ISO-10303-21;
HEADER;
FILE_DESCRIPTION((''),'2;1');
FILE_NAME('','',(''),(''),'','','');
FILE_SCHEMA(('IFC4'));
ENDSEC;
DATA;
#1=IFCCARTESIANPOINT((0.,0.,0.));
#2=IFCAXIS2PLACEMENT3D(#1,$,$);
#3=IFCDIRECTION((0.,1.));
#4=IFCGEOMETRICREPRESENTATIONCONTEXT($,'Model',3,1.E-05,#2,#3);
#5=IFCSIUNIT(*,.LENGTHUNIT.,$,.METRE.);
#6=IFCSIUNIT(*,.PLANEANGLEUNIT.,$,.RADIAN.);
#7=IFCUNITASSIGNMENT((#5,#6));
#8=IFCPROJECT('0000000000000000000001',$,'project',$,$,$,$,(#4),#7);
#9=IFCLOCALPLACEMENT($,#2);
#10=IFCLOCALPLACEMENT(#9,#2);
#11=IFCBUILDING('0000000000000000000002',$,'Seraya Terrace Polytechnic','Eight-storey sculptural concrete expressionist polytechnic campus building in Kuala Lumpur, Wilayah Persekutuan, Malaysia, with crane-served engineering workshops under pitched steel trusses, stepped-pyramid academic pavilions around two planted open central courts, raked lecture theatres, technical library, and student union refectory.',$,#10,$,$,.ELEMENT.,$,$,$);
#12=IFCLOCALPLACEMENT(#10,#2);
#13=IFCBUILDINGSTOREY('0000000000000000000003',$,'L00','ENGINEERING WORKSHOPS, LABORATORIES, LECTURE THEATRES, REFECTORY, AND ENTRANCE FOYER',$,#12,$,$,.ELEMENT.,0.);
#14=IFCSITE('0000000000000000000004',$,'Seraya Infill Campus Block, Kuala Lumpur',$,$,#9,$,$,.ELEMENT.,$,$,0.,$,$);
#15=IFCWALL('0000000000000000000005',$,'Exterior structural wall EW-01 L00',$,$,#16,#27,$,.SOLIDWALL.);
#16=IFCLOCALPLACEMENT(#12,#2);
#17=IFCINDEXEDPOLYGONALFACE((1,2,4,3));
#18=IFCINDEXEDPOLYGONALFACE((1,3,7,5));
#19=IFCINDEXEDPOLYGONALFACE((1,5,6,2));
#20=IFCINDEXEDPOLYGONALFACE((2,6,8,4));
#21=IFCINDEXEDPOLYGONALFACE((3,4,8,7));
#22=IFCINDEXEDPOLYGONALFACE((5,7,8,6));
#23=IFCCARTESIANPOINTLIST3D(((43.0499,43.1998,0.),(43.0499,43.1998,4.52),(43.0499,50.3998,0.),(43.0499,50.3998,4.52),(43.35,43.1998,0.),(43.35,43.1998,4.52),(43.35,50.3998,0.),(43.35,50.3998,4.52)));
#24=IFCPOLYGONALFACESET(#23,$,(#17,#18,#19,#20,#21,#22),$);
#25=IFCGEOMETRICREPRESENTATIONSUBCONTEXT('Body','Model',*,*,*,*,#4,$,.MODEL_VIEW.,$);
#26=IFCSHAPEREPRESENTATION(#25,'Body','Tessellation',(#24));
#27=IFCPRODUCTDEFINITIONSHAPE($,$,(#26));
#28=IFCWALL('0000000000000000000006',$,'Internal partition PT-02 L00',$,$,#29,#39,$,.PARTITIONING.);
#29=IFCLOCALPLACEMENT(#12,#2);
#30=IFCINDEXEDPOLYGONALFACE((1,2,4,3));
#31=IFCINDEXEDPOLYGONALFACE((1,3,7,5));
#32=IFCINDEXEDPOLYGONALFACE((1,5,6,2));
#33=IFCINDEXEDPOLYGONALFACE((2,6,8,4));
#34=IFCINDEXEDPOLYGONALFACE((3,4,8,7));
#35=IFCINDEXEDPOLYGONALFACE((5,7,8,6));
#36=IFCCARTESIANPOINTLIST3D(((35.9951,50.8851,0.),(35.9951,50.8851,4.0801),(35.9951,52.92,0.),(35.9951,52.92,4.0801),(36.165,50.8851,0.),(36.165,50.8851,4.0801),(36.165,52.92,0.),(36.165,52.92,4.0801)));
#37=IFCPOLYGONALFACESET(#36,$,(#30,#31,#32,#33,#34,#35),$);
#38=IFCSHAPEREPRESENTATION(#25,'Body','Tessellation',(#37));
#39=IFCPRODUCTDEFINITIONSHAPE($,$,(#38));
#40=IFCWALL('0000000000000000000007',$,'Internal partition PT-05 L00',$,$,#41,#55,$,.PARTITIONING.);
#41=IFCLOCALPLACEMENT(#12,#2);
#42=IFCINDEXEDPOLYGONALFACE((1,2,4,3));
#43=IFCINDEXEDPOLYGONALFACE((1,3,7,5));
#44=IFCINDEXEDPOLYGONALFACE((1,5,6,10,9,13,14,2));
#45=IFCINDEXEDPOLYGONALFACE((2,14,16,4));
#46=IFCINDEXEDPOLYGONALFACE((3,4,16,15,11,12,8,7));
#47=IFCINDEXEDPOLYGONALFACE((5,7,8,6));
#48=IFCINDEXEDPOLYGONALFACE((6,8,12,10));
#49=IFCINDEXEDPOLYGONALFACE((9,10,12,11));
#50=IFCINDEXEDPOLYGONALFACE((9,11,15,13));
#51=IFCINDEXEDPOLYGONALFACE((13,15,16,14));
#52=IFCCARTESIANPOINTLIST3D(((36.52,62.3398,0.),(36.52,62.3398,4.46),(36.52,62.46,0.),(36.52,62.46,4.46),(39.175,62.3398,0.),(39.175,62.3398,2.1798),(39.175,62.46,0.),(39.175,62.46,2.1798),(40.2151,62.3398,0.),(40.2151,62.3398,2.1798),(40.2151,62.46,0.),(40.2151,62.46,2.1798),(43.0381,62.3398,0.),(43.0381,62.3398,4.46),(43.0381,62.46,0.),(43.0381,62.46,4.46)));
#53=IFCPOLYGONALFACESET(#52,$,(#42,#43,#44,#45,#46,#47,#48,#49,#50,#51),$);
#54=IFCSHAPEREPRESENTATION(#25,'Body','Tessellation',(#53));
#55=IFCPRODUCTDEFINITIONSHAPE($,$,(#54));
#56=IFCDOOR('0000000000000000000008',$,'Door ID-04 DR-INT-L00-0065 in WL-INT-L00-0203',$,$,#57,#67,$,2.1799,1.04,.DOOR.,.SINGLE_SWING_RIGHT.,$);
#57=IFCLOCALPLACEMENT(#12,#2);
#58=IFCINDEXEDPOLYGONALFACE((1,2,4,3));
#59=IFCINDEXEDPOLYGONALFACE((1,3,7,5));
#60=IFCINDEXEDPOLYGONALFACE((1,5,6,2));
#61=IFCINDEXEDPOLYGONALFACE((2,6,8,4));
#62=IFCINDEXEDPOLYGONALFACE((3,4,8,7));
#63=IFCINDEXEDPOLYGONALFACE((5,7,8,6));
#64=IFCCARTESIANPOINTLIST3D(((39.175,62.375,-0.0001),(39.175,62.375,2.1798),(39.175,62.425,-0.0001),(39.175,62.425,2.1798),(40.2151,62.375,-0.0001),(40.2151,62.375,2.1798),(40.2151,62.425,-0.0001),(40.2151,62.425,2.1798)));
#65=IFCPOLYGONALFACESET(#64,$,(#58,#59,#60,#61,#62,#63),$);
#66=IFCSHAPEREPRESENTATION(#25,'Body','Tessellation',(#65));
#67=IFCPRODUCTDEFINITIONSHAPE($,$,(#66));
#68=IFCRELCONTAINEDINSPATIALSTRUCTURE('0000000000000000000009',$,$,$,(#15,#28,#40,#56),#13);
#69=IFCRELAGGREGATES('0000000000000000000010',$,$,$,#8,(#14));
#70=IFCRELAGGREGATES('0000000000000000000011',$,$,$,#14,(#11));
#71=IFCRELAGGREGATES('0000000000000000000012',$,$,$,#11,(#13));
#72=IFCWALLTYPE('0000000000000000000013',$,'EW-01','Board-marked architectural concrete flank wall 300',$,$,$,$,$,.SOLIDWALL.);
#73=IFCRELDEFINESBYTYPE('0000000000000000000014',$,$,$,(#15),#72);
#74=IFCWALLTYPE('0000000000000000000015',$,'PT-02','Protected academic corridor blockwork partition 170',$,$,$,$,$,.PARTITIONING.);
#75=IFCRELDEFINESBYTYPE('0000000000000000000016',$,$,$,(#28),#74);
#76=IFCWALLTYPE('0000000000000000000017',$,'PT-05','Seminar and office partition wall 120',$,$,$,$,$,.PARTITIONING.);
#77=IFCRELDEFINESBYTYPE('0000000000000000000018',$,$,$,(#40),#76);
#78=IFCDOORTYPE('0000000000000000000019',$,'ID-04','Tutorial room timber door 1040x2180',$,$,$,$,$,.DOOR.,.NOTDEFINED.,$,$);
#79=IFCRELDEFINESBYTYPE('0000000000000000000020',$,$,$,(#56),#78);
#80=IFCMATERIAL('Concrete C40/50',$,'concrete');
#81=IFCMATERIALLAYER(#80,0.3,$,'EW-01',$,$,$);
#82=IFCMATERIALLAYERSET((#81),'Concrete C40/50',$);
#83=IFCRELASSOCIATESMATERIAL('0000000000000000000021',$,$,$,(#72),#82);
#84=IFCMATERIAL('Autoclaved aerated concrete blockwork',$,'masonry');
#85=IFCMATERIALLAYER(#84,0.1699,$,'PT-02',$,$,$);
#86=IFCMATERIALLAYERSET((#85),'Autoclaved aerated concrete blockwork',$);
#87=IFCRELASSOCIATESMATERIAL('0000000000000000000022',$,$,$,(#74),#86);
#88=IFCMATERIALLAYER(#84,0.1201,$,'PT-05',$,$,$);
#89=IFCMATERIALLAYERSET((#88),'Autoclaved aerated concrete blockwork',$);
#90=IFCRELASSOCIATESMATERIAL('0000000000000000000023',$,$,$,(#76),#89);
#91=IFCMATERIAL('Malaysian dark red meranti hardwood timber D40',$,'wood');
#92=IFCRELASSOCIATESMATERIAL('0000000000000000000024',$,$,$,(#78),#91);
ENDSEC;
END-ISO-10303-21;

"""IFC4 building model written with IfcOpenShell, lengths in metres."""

from ifc_helpers import new_model, si_unit, direction, frame, frame_2d, origin, place, context, subcontext, project, spatial, rectangle, extrude, material, layer, layer_set, type_object, element, fill, save


model = new_model("IFC4")

# Units and contexts
model_context = context("Model", 3, precision=1e-05, world=origin(), true_north=direction((0.0, 1.0)))
body_context = subcontext(model_context, "Body", "Model", "MODEL_VIEW")
ifc_project = project(units=[si_unit("LENGTHUNIT", "METRE"), si_unit("PLANEANGLEUNIT", "RADIAN")], contexts=[model_context])

# Site, building, storey
site_placement = place(None, origin())
site = spatial("IfcSite", under=ifc_project, at=site_placement, Name="Seraya Infill Campus Block, Kuala Lumpur", CompositionType="ELEMENT", RefElevation=0.0)
building_placement = place(site_placement, origin())
building = spatial("IfcBuilding", under=site, at=building_placement, Name="Seraya Terrace Polytechnic", Description="Eight-storey sculptural concrete expressionist polytechnic campus building in Kuala Lumpur, Wilayah Persekutuan, Malaysia, with crane-served engineering workshops under pitched steel trusses, stepped-pyramid academic pavilions around two planted open central courts, raked lecture theatres, technical library, and student union refectory.", CompositionType="ELEMENT")
storey_placement = place(building_placement, origin())
storey = spatial("IfcBuildingStorey", under=building, at=storey_placement, Name="L00", Description="ENGINEERING WORKSHOPS, LABORATORIES, LECTURE THEATRES, REFECTORY, AND ENTRANCE FOYER", CompositionType="ELEMENT", Elevation=0.0)

# Shared definitions
ifc_material_1 = material(Name="Concrete C40/50", Category="concrete")

# Shared definitions
ifc_layer_1 = layer(ifc_material_1, 0.3, Name="EW-01")
ifc_layer_set_1 = layer_set([ifc_layer_1], Name="Concrete C40/50")
wall_type_1 = type_object("IfcWallType", Name="EW-01", Description="Board-marked architectural concrete flank wall 300", PredefinedType="SOLIDWALL", material=ifc_layer_set_1)

# Walls
wall_1_placement = place(storey_placement, frame((43.2, 50.3999, 0.0), z_axis=(0.0, 0.0, 1.0), x_axis=(0.0, -1.0, 0.0)))
element("IfcWall", 1, at=wall_1_placement, inside=storey, type_object=wall_type_1, Name="Exterior structural wall EW-01 L00", PredefinedType="SOLIDWALL", context=body_context, shape_type="SweptSolid", body=[
    extrude(rectangle(XDim=7.2, YDim=0.3, at=frame_2d((3.6001, 0.0))), origin(), (0.0, 0.0, 1.0), 4.52),
])
ifc_material_2 = material(Name="Autoclaved aerated concrete blockwork", Category="masonry")
ifc_layer_2 = layer(ifc_material_2, 0.1699, Name="PT-02")
ifc_layer_set_2 = layer_set([ifc_layer_2], Name="Autoclaved aerated concrete blockwork")
wall_type_2 = type_object("IfcWallType", Name="PT-02", Description="Protected academic corridor blockwork partition 170", PredefinedType="PARTITIONING", material=ifc_layer_set_2)
wall_2_placement = place(storey_placement, frame((36.0801, 50.885, 0.0), z_axis=(0.0, 0.0, 1.0), x_axis=(0.0, 1.0, 0.0)))
element("IfcWall", 2, at=wall_2_placement, inside=storey, type_object=wall_type_2, Name="Internal partition PT-02 L00", PredefinedType="PARTITIONING", context=body_context, shape_type="SweptSolid", body=[
    extrude(rectangle(XDim=2.0349, YDim=0.1699, at=frame_2d((1.0176, 0.0))), origin(), (0.0, 0.0, 1.0), 4.0801),
])

# Wall, opening, door
ifc_layer_3 = layer(ifc_material_2, 0.1201, Name="PT-05")
ifc_layer_set_3 = layer_set([ifc_layer_3], Name="Autoclaved aerated concrete blockwork")
wall_type_3 = type_object("IfcWallType", Name="PT-05", Description="Seminar and office partition wall 120", PredefinedType="PARTITIONING", material=ifc_layer_set_3)
wall_3_placement = place(storey_placement, frame((36.52, 62.3999, 0.0), z_axis=(0.0, 0.0, 1.0), x_axis=(1.0, 0.0, 0.0)))
wall_3 = element("IfcWall", 3, at=wall_3_placement, inside=storey, type_object=wall_type_3, Name="Internal partition PT-05 L00", PredefinedType="PARTITIONING", context=body_context, shape_type="SweptSolid", body=[
    extrude(rectangle(XDim=6.5181, YDim=0.1201, at=frame_2d((3.259, 0.0))), origin(), (0.0, 0.0, 1.0), 4.46),
])
opening_1_placement = place(wall_3_placement, frame((2.655, 0.0, 0.0)))
opening_1 = element("IfcOpeningElement", 4, at=opening_1_placement, cuts=wall_3, PredefinedType="OPENING", context=body_context, shape_type="SweptSolid", body=[
    extrude(rectangle(XDim=1.04, YDim=2.1799, at=frame_2d((0.52, 1.0898))), frame((0.0, 0.072, 0.0), z_axis=(0.0, -1.0, 0.0), x_axis=(1.0, 0.0, 0.0)), (0.0, 0.0, 1.0), 0.144),
])
ifc_material_3 = material(Name="Malaysian dark red meranti hardwood timber D40", Category="wood")
door_type = type_object("IfcDoorType", Name="ID-04", Description="Tutorial room timber door 1040x2180", OperationType="NOTDEFINED", PredefinedType="DOOR", material=ifc_material_3)
door_placement = place(opening_1_placement, frame((1.04, 0.0, 0.0), z_axis=(0.0, 0.0, 1.0), x_axis=(-1.0, 0.0, 0.0)))
door = element("IfcDoor", 5, at=door_placement, inside=storey, type_object=door_type, Name="Door ID-04 DR-INT-L00-0065 in WL-INT-L00-0203", OperationType="SINGLE_SWING_RIGHT", OverallHeight=2.1799, OverallWidth=1.04, PredefinedType="DOOR", context=body_context, shape_type="SweptSolid", body=[
    extrude(rectangle(XDim=1.04, YDim=2.1799, at=frame_2d((0.52, 1.0898))), frame((0.0, 0.0249, 0.0), z_axis=(0.0, -1.0, 0.0), x_axis=(1.0, 0.0, 0.0)), (0.0, 0.0, 1.0), 0.05),
])
fill(opening_1, door)

save(model, "model.ifc")
